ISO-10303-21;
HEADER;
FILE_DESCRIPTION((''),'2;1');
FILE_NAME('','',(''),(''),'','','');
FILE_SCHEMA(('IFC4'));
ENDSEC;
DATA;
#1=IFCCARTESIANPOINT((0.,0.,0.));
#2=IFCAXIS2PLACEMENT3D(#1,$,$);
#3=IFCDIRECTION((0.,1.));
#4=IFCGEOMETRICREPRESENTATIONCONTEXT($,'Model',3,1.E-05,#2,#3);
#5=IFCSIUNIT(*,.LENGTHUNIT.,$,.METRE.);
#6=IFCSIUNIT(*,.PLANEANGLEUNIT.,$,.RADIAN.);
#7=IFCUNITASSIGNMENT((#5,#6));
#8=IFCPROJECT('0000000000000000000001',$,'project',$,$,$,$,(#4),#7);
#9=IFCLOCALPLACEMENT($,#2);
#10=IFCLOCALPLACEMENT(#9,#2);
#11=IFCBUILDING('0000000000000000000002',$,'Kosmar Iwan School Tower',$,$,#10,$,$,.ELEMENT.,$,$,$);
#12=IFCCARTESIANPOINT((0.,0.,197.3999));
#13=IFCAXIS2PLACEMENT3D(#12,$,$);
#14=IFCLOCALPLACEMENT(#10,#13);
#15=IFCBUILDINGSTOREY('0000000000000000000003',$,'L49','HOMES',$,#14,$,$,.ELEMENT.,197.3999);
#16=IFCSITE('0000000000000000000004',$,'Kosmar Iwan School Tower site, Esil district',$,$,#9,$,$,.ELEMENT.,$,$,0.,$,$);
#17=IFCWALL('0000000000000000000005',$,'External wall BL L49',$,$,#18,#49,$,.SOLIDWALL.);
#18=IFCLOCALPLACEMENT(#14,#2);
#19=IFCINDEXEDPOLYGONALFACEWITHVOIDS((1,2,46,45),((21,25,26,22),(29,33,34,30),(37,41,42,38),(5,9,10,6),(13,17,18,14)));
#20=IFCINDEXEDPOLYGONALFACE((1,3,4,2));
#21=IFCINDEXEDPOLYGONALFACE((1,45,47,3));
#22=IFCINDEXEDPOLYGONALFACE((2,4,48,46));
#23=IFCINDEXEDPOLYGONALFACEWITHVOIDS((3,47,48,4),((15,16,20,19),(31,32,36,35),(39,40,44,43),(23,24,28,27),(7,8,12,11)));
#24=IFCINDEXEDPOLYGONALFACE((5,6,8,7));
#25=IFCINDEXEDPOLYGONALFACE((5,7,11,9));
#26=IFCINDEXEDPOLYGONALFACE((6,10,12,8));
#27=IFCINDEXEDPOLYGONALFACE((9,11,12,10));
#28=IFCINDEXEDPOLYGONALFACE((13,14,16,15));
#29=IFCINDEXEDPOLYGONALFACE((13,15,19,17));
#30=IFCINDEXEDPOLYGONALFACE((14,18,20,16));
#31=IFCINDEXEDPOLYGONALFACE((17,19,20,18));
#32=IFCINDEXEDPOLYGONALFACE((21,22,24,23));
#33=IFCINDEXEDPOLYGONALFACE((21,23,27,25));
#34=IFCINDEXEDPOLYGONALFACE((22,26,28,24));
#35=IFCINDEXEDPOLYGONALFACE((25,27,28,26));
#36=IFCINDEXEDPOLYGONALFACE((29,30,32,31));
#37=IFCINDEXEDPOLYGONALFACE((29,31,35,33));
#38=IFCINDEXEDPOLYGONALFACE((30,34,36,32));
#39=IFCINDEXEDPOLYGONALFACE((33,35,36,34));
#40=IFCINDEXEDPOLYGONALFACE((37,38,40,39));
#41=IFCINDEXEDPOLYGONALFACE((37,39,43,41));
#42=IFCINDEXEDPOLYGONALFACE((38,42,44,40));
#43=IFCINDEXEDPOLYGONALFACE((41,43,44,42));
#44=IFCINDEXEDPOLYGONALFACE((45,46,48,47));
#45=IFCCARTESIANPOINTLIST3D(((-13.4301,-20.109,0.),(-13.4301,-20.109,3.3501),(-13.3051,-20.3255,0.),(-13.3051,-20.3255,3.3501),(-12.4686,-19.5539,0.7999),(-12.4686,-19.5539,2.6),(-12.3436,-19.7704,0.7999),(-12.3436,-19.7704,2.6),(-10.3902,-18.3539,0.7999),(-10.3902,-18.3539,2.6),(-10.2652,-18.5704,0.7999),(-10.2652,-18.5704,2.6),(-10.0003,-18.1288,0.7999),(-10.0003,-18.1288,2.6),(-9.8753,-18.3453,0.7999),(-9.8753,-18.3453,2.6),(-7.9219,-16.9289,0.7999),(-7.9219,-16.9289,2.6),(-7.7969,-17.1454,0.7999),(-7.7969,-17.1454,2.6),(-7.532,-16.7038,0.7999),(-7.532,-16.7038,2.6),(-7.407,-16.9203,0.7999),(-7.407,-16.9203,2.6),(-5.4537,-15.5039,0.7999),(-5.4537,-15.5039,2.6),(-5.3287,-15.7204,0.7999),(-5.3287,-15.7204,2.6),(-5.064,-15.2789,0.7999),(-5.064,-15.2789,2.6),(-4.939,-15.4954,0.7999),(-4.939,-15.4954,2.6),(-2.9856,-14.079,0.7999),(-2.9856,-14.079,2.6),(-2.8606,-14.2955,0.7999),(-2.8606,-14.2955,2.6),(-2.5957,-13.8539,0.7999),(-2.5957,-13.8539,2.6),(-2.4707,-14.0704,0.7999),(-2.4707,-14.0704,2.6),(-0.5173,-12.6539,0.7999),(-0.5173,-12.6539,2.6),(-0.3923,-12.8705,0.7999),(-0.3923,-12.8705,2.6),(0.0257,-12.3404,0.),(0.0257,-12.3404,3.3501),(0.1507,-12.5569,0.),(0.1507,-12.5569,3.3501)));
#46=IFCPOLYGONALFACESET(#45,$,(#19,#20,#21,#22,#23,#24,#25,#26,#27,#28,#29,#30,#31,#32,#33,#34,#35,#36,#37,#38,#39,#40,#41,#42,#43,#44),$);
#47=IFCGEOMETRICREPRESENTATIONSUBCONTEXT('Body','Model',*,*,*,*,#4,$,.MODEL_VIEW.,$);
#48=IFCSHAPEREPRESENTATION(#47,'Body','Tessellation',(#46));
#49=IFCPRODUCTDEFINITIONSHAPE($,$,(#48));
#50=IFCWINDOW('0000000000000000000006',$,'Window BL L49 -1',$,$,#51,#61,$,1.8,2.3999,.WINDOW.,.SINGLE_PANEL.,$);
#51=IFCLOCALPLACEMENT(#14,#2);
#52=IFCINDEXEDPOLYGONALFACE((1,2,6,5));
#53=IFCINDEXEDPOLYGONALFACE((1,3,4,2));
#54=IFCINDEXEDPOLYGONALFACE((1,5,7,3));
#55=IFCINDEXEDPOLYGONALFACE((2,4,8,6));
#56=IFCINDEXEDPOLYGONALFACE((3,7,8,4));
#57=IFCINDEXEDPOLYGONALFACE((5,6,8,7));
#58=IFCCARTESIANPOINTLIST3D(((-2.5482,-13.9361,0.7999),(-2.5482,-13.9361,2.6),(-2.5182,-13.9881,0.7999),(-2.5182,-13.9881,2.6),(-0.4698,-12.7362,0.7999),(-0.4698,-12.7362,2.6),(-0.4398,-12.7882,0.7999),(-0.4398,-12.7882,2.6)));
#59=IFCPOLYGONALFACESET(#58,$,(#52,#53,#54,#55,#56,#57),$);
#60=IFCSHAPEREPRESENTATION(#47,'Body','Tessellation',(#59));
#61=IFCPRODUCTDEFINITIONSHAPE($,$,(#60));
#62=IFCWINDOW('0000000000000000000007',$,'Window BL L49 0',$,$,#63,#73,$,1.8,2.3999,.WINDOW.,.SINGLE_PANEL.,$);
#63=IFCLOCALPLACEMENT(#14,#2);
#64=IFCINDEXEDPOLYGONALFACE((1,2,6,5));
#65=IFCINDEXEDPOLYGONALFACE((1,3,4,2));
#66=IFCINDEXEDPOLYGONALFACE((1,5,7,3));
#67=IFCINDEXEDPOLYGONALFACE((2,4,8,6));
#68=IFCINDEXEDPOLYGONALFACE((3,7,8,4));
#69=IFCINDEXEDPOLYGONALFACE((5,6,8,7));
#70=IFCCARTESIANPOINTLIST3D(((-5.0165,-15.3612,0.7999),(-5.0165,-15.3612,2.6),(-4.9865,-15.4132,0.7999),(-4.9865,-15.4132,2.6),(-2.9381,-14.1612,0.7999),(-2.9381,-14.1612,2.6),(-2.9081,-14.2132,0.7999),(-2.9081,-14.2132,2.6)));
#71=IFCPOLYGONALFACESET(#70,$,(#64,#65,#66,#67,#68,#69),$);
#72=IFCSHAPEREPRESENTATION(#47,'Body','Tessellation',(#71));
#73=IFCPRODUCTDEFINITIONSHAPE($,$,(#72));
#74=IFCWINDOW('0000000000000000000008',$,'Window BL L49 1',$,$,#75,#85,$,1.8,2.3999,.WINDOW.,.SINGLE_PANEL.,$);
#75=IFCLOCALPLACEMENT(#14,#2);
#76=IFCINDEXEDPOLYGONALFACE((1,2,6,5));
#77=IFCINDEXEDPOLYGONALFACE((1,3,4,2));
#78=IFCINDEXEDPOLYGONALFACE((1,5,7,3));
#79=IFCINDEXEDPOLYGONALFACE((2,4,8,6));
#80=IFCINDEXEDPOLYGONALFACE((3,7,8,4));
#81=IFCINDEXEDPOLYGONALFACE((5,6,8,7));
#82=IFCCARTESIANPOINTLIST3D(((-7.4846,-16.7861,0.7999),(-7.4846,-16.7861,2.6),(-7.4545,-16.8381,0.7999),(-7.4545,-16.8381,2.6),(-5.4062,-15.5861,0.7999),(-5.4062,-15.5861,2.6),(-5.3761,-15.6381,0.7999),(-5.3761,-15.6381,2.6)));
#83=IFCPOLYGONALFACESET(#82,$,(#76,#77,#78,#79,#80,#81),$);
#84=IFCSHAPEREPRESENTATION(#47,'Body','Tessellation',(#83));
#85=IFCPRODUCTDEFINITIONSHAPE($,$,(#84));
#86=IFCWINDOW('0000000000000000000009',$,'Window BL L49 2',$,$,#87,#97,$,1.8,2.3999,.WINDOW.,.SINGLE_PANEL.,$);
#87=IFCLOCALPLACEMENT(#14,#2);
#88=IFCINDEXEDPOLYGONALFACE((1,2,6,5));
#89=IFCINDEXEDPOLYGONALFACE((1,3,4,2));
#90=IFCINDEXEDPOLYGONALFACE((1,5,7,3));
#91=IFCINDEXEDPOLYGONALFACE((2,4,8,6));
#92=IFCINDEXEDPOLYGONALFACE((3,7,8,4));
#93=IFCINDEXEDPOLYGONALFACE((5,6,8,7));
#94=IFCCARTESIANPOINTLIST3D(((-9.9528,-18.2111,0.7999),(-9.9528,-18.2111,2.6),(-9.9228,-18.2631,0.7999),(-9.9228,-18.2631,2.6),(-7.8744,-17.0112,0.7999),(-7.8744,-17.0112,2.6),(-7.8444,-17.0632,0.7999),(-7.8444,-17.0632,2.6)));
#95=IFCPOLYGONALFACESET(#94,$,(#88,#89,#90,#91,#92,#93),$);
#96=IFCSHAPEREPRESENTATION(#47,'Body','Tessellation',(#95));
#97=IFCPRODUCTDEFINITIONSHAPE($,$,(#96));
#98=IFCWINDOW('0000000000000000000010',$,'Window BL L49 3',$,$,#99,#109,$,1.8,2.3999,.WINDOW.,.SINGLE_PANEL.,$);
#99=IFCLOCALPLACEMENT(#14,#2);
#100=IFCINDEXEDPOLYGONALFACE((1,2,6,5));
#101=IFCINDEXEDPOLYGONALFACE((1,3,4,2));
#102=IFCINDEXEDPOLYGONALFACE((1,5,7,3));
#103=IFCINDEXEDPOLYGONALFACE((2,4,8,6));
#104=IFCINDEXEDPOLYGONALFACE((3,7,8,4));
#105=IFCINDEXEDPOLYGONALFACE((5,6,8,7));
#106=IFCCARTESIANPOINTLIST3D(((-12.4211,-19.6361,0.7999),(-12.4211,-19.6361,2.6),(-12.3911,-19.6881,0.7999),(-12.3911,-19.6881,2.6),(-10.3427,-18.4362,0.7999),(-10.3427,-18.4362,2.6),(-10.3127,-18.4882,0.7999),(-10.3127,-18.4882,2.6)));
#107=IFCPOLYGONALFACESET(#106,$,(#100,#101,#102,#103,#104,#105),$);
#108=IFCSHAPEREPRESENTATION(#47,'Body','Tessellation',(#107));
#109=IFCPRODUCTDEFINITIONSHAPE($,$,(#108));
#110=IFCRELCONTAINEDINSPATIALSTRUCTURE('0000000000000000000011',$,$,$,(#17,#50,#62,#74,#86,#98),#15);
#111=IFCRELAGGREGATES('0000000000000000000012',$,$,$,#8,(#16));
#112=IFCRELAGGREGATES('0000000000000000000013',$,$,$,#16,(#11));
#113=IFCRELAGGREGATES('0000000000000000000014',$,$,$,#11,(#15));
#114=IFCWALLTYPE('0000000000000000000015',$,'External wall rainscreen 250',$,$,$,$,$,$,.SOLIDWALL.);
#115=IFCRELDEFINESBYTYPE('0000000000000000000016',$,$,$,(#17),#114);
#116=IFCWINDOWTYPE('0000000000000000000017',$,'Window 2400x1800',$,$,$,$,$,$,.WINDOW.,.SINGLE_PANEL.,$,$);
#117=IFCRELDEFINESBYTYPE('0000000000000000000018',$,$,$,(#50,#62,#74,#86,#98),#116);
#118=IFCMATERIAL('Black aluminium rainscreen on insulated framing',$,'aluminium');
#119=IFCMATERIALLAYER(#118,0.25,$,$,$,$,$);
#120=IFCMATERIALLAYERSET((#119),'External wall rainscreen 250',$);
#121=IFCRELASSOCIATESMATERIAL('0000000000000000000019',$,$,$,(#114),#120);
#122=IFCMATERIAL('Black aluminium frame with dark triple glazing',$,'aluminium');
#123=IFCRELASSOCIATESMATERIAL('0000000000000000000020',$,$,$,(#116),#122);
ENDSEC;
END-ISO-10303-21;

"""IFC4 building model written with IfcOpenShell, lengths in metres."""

from ifc_helpers import new_model, si_unit, direction, frame, frame_2d, origin, place, context, subcontext, project, spatial, rectangle, extrude, material, layer, layer_set, type_object, element, fill, save


model = new_model("IFC4")

# Units and contexts
model_context = context("Model", 3, precision=1e-05, world=origin(), true_north=direction((0.0, 1.0)))
body_context = subcontext(model_context, "Body", "Model", "MODEL_VIEW")
ifc_project = project(units=[si_unit("LENGTHUNIT", "METRE"), si_unit("PLANEANGLEUNIT", "RADIAN")], contexts=[model_context])

# Site, building, storey
site_placement = place(None, origin())
site = spatial("IfcSite", under=ifc_project, at=site_placement, Name="Kosmar Iwan School Tower site, Esil district", CompositionType="ELEMENT", RefElevation=0.0)
building_placement = place(site_placement, origin())
building = spatial("IfcBuilding", under=site, at=building_placement, Name="Kosmar Iwan School Tower", CompositionType="ELEMENT")
storey_placement = place(building_placement, frame((0.0, 0.0, 197.3999)))
storey = spatial("IfcBuildingStorey", under=building, at=storey_placement, Name="L49", Description="HOMES", CompositionType="ELEMENT", Elevation=197.3999)

# Wall, openings, windows
ifc_material_1 = material(Name="Black aluminium rainscreen on insulated framing", Category="aluminium")
ifc_layer_1 = layer(ifc_material_1, 0.25)
ifc_layer_set_1 = layer_set([ifc_layer_1], Name="External wall rainscreen 250")
wall_type_1 = type_object("IfcWallType", Name="External wall rainscreen 250", PredefinedType="SOLIDWALL", material=ifc_layer_set_1)
wall_1_placement = place(storey_placement, frame((0.0881, -12.4487, 0.0), z_axis=(0.0, 0.0, 1.0), x_axis=(-0.86603, -0.499992, 0.0)))
wall_1 = element("IfcWall", 1, at=wall_1_placement, inside=storey, type_object=wall_type_1, Name="External wall BL L49", PredefinedType="SOLIDWALL", context=body_context, shape_type="SweptSolid", body=[
    extrude(rectangle(XDim=15.5374, YDim=0.25, at=frame_2d((7.7686, 0.0))), origin(), (0.0, 0.0, 1.0), 3.3501),
])
opening_1_placement = place(wall_1_placement, frame((0.627, 0.0, 0.8)))
opening_1 = element("IfcOpeningElement", 2, at=opening_1_placement, cuts=wall_1, PredefinedType="OPENING", context=body_context, shape_type="SweptSolid", body=[
    extrude(rectangle(XDim=2.3999, YDim=1.8, at=frame_2d((1.2, 0.8999))), frame((0.0, 0.137, 0.0), z_axis=(0.0, -1.0, 0.0), x_axis=(1.0, 0.0, 0.0)), (0.0, 0.0, 1.0), 0.2739),
])
opening_2_placement = place(wall_1_placement, frame((3.4771, 0.0, 0.8)))
opening_2 = element("IfcOpeningElement", 3, at=opening_2_placement, cuts=wall_1, PredefinedType="OPENING", context=body_context, shape_type="SweptSolid", body=[
    extrude(rectangle(XDim=2.3999, YDim=1.8, at=frame_2d((1.2, 0.8999))), frame((0.0, 0.137, 0.0), z_axis=(0.0, -1.0, 0.0), x_axis=(1.0, 0.0, 0.0)), (0.0, 0.0, 1.0), 0.2739),
])
opening_3_placement = place(wall_1_placement, frame((6.3269, 0.0, 0.8)))
opening_3 = element("IfcOpeningElement", 4, at=opening_3_placement, cuts=wall_1, PredefinedType="OPENING", context=body_context, shape_type="SweptSolid", body=[
    extrude(rectangle(XDim=2.3999, YDim=1.8, at=frame_2d((1.2, 0.8999))), frame((0.0, 0.137, 0.0), z_axis=(0.0, -1.0, 0.0), x_axis=(1.0, 0.0, 0.0)), (0.0, 0.0, 1.0), 0.2739),
])
opening_4_placement = place(wall_1_placement, frame((9.177, 0.0, 0.8)))
opening_4 = element("IfcOpeningElement", 5, at=opening_4_placement, cuts=wall_1, PredefinedType="OPENING", context=body_context, shape_type="SweptSolid", body=[
    extrude(rectangle(XDim=2.3999, YDim=1.8, at=frame_2d((1.2, 0.8999))), frame((0.0, 0.137, 0.0), z_axis=(0.0, -1.0, 0.0), x_axis=(1.0, 0.0, 0.0)), (0.0, 0.0, 1.0), 0.2739),
])
opening_5_placement = place(wall_1_placement, frame((12.0271, 0.0, 0.8)))
opening_5 = element("IfcOpeningElement", 6, at=opening_5_placement, cuts=wall_1, PredefinedType="OPENING", context=body_context, shape_type="SweptSolid", body=[
    extrude(rectangle(XDim=2.3999, YDim=1.8, at=frame_2d((1.2, 0.8999))), frame((0.0, 0.137, 0.0), z_axis=(0.0, -1.0, 0.0), x_axis=(1.0, 0.0, 0.0)), (0.0, 0.0, 1.0), 0.2739),
])
ifc_material_2 = material(Name="Black aluminium frame with dark triple glazing", Category="aluminium")
window_type = type_object("IfcWindowType", Name="Window 2400x1800", PartitioningType="SINGLE_PANEL", PredefinedType="WINDOW", material=ifc_material_2)
window_1_placement = place(opening_1_placement, origin())
window_1 = element("IfcWindow", 7, at=window_1_placement, inside=storey, type_object=window_type, Name="Window BL L49 -1", OverallHeight=1.8, OverallWidth=2.3999, PartitioningType="SINGLE_PANEL", PredefinedType="WINDOW", context=body_context, shape_type="SweptSolid", body=[
    extrude(rectangle(XDim=2.3999, YDim=1.8, at=frame_2d((1.2, 0.8999))), frame((0.0, 0.03, 0.0), z_axis=(0.0, -1.0, 0.0), x_axis=(1.0, 0.0, 0.0)), (0.0, 0.0, 1.0), 0.0601),
])
fill(opening_1, window_1)
window_2_placement = place(opening_2_placement, origin())
window_2 = element("IfcWindow", 8, at=window_2_placement, inside=storey, type_object=window_type, Name="Window BL L49 0", OverallHeight=1.8, OverallWidth=2.3999, PartitioningType="SINGLE_PANEL", PredefinedType="WINDOW", context=body_context, shape_type="SweptSolid", body=[
    extrude(rectangle(XDim=2.3999, YDim=1.8, at=frame_2d((1.2, 0.8999))), frame((0.0, 0.03, 0.0), z_axis=(0.0, -1.0, 0.0), x_axis=(1.0, 0.0, 0.0)), (0.0, 0.0, 1.0), 0.0601),
])
fill(opening_2, window_2)
window_3_placement = place(opening_3_placement, origin())
window_3 = element("IfcWindow", 9, at=window_3_placement, inside=storey, type_object=window_type, Name="Window BL L49 1", OverallHeight=1.8, OverallWidth=2.3999, PartitioningType="SINGLE_PANEL", PredefinedType="WINDOW", context=body_context, shape_type="SweptSolid", body=[
    extrude(rectangle(XDim=2.3999, YDim=1.8, at=frame_2d((1.2, 0.8999))), frame((0.0, 0.03, 0.0), z_axis=(0.0, -1.0, 0.0), x_axis=(1.0, 0.0, 0.0)), (0.0, 0.0, 1.0), 0.0601),
])
fill(opening_3, window_3)
window_4_placement = place(opening_4_placement, origin())
window_4 = element("IfcWindow", 10, at=window_4_placement, inside=storey, type_object=window_type, Name="Window BL L49 2", OverallHeight=1.8, OverallWidth=2.3999, PartitioningType="SINGLE_PANEL", PredefinedType="WINDOW", context=body_context, shape_type="SweptSolid", body=[
    extrude(rectangle(XDim=2.3999, YDim=1.8, at=frame_2d((1.2, 0.8999))), frame((0.0, 0.03, 0.0), z_axis=(0.0, -1.0, 0.0), x_axis=(1.0, 0.0, 0.0)), (0.0, 0.0, 1.0), 0.0601),
])
fill(opening_4, window_4)
window_5_placement = place(opening_5_placement, origin())
window_5 = element("IfcWindow", 11, at=window_5_placement, inside=storey, type_object=window_type, Name="Window BL L49 3", OverallHeight=1.8, OverallWidth=2.3999, PartitioningType="SINGLE_PANEL", PredefinedType="WINDOW", context=body_context, shape_type="SweptSolid", body=[
    extrude(rectangle(XDim=2.3999, YDim=1.8, at=frame_2d((1.2, 0.8999))), frame((0.0, 0.03, 0.0), z_axis=(0.0, -1.0, 0.0), x_axis=(1.0, 0.0, 0.0)), (0.0, 0.0, 1.0), 0.0601),
])
fill(opening_5, window_5)

save(model, "model.ifc")
